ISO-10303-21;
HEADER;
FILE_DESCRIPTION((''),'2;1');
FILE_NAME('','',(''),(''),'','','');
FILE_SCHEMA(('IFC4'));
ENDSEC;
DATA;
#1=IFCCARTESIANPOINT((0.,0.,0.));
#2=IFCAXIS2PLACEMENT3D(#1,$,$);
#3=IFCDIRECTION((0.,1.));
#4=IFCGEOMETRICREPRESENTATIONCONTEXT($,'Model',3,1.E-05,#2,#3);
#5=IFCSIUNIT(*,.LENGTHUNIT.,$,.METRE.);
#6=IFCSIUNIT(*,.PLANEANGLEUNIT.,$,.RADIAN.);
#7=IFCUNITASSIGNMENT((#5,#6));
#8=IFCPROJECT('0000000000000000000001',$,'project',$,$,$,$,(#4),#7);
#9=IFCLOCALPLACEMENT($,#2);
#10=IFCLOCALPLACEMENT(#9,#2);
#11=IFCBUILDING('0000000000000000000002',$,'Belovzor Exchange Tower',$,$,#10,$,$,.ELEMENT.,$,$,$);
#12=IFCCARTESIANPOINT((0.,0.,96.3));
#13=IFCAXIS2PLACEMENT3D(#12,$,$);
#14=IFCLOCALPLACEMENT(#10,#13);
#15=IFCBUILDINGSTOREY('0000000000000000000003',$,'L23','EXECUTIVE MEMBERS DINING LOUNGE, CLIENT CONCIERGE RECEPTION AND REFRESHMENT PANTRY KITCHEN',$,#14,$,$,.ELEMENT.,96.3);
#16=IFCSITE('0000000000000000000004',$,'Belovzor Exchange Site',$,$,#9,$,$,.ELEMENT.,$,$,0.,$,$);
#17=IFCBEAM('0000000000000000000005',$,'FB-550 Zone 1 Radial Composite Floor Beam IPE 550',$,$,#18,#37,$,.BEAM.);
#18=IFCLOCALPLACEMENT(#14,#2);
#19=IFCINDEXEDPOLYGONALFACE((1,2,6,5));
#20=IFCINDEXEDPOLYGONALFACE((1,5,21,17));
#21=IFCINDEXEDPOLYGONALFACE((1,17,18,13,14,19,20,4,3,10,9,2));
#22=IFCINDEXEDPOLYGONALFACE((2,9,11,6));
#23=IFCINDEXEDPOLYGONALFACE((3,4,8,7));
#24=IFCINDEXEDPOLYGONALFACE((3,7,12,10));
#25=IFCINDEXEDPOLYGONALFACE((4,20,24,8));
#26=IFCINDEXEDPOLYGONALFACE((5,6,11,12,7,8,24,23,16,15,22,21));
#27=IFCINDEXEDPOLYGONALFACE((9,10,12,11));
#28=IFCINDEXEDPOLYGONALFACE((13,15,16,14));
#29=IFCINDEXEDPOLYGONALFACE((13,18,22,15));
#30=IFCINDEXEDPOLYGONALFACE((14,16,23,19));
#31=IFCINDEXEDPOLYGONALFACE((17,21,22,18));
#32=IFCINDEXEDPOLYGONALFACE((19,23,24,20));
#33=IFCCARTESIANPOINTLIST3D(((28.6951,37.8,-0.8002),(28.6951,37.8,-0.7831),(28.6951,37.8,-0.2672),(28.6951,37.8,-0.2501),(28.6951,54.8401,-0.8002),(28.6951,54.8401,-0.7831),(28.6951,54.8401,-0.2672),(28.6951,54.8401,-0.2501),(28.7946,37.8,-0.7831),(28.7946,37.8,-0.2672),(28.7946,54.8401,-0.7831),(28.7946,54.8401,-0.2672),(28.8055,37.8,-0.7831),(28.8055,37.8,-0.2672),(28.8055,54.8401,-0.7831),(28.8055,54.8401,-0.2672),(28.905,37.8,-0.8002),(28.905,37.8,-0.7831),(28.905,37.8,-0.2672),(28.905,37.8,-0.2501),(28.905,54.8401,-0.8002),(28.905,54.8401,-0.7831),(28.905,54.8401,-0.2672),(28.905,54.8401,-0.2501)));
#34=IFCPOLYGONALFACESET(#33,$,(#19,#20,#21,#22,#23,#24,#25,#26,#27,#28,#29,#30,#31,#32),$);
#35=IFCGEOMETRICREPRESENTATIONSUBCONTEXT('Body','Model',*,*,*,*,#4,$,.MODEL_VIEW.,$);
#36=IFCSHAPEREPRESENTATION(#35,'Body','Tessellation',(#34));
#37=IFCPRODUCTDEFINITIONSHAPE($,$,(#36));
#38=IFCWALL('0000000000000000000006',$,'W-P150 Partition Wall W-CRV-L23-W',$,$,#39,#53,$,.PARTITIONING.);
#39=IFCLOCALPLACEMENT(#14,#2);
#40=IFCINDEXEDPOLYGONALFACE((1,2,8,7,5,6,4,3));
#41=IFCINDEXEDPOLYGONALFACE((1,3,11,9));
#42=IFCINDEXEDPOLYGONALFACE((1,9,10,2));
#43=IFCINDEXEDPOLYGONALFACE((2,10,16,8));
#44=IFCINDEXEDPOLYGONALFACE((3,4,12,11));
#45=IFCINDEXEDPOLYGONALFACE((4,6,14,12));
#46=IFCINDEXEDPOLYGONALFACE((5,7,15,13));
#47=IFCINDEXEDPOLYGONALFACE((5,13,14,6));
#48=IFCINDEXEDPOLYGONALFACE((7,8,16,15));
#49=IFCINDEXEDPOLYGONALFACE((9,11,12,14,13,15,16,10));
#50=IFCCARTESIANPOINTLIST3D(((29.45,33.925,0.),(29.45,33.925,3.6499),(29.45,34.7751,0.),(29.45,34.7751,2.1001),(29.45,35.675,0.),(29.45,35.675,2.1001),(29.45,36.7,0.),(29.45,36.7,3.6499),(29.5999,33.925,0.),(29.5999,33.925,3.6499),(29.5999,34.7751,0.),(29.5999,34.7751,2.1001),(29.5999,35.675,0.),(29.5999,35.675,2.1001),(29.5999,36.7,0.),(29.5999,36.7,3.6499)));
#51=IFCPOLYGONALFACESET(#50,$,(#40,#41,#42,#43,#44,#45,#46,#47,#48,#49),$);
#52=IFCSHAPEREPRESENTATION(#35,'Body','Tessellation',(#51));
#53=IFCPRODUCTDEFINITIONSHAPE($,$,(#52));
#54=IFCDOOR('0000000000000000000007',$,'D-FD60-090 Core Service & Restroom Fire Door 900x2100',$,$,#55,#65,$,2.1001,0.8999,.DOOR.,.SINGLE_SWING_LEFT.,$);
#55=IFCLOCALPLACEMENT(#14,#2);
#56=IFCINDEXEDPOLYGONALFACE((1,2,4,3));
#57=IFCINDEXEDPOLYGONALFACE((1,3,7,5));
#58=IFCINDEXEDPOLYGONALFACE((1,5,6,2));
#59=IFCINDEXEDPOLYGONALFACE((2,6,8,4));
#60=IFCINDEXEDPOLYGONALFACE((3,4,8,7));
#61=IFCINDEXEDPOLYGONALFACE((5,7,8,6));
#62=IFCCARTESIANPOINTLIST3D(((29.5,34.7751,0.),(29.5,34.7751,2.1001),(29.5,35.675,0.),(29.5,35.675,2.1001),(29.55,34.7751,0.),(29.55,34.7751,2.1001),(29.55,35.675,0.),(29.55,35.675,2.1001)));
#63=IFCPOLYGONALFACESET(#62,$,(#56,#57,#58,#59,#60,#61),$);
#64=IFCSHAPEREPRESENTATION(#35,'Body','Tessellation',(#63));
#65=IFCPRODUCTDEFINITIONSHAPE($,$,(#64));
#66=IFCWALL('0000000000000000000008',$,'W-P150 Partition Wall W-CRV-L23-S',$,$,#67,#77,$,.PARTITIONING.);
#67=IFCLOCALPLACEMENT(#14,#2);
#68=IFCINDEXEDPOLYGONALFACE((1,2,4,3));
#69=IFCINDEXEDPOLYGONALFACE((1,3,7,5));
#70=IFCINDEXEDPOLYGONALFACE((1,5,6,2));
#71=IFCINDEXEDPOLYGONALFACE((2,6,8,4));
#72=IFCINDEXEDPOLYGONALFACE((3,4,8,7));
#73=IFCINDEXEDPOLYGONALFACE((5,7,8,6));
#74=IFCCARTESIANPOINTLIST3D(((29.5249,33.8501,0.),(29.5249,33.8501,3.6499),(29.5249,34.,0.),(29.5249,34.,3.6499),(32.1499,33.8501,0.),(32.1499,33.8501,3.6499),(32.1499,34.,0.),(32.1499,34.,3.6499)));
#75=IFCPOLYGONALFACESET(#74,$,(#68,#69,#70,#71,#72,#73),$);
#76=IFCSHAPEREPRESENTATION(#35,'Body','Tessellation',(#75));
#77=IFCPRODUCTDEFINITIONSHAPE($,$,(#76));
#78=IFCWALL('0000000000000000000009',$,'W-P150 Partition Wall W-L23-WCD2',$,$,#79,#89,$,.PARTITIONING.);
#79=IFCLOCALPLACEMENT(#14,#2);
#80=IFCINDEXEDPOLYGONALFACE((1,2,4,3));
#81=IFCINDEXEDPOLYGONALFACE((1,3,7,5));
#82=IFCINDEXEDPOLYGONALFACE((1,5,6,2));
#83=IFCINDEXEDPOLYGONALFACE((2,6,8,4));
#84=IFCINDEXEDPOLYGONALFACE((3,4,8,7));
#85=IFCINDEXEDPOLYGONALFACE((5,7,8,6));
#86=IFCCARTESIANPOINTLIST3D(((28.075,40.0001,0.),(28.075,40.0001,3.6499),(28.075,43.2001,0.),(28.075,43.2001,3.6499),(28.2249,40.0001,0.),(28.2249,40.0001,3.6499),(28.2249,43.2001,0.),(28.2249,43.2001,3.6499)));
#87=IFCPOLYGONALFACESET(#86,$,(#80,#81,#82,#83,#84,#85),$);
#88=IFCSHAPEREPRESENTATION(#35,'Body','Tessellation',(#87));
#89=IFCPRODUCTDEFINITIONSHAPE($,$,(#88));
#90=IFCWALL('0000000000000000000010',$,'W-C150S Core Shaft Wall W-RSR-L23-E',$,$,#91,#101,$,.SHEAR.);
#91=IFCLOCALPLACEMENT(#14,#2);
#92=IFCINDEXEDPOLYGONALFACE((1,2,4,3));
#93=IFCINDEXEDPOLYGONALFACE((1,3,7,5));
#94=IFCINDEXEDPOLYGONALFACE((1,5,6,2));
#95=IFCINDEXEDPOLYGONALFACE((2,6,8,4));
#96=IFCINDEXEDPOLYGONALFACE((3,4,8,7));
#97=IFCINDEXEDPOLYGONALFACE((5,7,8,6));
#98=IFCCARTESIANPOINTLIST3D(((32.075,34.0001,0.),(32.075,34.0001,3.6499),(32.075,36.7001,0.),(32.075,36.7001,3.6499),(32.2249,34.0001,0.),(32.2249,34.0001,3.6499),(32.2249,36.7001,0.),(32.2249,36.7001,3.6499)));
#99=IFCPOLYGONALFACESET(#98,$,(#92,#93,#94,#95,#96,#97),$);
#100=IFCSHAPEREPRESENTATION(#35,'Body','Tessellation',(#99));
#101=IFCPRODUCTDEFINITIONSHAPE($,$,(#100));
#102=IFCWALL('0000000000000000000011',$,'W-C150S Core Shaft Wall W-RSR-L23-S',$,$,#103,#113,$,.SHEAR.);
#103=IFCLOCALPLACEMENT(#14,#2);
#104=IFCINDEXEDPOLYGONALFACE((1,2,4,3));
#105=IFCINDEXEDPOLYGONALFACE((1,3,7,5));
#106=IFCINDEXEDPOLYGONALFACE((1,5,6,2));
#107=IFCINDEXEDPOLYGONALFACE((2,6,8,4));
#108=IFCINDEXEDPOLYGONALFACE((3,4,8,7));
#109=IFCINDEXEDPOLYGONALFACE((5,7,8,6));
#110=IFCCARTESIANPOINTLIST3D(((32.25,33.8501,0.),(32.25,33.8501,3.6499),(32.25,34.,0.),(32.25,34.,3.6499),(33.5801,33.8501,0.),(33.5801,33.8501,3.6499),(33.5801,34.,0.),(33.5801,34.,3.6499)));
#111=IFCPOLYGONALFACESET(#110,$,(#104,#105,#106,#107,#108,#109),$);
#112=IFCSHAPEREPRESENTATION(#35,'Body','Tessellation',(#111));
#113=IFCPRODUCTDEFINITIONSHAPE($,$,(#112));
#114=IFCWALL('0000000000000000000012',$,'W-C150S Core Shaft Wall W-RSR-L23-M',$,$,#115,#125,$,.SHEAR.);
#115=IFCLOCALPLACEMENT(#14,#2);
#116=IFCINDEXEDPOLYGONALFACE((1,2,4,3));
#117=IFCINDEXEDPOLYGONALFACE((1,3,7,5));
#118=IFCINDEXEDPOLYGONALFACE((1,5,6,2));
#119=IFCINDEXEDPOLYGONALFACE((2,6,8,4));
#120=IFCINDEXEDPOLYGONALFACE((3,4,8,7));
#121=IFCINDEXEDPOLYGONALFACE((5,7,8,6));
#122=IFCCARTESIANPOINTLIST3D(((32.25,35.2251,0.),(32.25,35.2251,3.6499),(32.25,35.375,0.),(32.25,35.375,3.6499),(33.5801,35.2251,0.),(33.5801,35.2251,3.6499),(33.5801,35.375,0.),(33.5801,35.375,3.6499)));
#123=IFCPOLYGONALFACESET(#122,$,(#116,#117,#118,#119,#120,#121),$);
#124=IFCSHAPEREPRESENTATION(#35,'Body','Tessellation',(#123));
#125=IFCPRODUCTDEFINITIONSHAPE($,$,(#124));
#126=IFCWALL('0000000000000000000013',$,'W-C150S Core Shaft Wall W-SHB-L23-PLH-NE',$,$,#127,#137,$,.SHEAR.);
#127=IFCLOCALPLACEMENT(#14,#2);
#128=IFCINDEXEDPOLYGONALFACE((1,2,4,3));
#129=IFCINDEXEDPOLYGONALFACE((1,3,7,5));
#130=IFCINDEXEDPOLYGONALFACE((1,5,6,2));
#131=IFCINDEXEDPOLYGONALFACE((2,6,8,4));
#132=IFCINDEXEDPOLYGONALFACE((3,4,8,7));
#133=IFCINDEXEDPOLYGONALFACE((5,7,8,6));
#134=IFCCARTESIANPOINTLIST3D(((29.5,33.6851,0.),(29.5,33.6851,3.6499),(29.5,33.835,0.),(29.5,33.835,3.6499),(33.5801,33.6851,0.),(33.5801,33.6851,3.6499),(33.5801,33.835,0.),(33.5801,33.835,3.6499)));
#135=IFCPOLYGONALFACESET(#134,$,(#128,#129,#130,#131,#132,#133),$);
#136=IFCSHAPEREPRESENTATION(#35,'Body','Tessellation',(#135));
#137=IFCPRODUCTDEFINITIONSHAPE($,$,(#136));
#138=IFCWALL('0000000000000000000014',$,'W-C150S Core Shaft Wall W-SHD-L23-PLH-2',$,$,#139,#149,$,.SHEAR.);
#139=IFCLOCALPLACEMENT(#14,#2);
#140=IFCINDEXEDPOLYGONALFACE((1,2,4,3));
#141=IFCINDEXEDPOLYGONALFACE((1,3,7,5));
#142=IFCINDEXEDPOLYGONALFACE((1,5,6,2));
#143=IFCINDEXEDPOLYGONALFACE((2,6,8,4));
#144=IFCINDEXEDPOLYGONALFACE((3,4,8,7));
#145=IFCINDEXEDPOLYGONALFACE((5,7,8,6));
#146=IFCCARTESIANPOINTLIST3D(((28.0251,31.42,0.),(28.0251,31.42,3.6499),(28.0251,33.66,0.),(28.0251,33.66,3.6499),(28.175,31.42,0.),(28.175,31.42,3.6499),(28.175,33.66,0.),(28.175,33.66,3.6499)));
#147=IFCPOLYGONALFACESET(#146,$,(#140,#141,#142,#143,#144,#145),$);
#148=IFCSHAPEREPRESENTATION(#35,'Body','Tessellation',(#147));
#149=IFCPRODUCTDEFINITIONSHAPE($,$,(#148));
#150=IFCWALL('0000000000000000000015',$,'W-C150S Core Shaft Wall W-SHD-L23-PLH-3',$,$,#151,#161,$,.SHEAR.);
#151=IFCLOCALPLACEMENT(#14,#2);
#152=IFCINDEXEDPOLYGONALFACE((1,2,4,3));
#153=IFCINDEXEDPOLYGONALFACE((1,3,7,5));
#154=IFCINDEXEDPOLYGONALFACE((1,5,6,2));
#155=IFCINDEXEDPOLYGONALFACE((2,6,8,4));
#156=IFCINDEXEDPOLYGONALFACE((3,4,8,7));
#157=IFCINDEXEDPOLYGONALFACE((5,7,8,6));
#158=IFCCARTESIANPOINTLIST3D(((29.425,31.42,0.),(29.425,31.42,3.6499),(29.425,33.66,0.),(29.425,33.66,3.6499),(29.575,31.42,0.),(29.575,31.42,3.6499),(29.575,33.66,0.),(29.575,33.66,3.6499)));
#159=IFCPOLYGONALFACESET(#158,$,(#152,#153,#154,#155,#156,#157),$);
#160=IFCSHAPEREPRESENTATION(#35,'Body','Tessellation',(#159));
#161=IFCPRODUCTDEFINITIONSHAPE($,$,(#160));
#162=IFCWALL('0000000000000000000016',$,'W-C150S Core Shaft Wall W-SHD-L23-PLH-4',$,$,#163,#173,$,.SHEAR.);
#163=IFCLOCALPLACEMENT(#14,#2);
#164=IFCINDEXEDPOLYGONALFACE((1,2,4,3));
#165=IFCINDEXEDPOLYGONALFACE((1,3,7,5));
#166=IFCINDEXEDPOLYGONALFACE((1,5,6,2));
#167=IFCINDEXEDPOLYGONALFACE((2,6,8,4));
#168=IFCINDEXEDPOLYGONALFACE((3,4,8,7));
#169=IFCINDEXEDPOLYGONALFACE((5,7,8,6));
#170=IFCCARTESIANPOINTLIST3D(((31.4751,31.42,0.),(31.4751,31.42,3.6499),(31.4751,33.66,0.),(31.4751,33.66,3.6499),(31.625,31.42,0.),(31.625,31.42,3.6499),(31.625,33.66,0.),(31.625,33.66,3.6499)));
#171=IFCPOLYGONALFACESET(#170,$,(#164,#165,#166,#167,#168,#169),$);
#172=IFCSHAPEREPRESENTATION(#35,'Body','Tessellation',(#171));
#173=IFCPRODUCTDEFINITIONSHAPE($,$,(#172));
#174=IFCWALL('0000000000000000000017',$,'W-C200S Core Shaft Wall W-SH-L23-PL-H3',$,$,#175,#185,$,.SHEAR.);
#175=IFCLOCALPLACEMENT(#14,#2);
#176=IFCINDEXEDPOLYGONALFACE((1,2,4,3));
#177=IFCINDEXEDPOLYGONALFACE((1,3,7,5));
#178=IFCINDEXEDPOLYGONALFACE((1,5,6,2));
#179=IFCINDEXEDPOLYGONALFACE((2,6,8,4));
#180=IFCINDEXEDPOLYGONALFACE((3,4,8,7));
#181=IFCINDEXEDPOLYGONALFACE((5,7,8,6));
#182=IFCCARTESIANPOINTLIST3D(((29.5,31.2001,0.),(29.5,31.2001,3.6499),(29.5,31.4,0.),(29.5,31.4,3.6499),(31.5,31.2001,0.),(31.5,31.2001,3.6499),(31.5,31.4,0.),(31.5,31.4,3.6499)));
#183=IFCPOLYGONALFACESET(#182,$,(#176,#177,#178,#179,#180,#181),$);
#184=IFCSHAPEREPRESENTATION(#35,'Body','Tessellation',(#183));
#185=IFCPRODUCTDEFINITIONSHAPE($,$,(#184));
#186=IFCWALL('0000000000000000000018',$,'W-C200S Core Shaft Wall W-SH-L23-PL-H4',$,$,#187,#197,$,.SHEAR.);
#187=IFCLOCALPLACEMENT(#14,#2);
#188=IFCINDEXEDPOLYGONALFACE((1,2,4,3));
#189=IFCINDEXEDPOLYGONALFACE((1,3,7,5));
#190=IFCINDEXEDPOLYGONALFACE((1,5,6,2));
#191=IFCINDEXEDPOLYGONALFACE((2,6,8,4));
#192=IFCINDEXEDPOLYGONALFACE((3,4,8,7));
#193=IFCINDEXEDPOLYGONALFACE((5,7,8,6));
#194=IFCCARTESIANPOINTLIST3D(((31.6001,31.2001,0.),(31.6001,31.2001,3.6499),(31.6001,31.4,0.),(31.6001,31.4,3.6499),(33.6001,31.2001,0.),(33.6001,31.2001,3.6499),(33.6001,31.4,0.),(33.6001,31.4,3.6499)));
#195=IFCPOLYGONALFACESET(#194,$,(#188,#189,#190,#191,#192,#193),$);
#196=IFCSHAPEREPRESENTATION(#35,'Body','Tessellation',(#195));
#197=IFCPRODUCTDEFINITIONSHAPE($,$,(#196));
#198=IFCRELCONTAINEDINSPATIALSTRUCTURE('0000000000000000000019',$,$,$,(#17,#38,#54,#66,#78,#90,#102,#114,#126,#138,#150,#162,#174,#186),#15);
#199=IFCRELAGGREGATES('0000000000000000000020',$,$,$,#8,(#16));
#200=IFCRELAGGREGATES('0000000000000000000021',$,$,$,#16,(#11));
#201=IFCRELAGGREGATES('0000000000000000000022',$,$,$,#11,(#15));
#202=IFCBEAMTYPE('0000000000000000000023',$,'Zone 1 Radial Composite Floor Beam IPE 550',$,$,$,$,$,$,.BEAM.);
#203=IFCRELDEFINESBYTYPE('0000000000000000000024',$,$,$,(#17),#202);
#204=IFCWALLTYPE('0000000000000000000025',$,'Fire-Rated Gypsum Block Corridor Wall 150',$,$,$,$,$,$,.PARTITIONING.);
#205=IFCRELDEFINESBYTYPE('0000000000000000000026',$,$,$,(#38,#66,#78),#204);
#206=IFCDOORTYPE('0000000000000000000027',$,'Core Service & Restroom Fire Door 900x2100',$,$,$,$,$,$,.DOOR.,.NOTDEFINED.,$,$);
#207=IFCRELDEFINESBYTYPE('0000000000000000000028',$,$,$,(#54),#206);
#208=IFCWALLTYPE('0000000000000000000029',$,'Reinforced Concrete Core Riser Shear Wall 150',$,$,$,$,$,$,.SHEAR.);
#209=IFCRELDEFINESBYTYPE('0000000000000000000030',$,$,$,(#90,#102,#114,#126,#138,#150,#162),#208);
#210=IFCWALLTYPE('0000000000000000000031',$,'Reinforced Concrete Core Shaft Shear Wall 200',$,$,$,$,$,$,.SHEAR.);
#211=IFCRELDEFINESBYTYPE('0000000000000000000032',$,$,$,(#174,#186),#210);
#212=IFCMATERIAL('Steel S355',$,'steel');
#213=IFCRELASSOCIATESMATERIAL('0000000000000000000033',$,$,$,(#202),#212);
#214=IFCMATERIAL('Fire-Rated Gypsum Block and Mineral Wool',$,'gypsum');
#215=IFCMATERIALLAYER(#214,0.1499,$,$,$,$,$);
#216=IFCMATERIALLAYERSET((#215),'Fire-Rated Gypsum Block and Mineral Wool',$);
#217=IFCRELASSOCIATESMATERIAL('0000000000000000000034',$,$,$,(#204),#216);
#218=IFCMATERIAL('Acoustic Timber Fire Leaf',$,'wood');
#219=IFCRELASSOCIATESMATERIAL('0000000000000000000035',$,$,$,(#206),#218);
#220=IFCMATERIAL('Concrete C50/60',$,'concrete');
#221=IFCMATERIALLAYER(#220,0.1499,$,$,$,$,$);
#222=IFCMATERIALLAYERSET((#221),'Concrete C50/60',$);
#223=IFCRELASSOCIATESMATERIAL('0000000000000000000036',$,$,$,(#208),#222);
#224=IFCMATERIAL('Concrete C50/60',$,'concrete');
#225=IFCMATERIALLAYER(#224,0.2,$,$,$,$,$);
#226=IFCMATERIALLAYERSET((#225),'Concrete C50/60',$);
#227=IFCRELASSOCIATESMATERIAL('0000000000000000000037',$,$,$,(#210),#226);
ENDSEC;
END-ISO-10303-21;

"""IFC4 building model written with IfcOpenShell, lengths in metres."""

from ifc_helpers import new_model, si_unit, direction, frame, frame_2d, origin, origin_2d, place, context, subcontext, project, spatial, rectangle, i_section, extrude, material, layer, layer_set, material_profile, profile_set, type_object, element, fill, save


model = new_model("IFC4")

# Units and contexts
model_context = context("Model", 3, precision=1e-05, world=origin(), true_north=direction((0.0, 1.0)))
body_context = subcontext(model_context, "Body", "Model", "MODEL_VIEW")
ifc_project = project(units=[si_unit("LENGTHUNIT", "METRE"), si_unit("PLANEANGLEUNIT", "RADIAN")], contexts=[model_context])

# Site, building, storey
site_placement = place(None, origin())
site = spatial("IfcSite", under=ifc_project, at=site_placement, Name="Belovzor Exchange Site", CompositionType="ELEMENT", RefElevation=0.0)
building_placement = place(site_placement, origin())
building = spatial("IfcBuilding", under=site, at=building_placement, Name="Belovzor Exchange Tower", CompositionType="ELEMENT")
storey_placement = place(building_placement, frame((0.0, 0.0, 96.3)))
storey = spatial("IfcBuildingStorey", under=building, at=storey_placement, Name="L23", Description="EXECUTIVE MEMBERS DINING LOUNGE, CLIENT CONCIERGE RECEPTION AND REFRESHMENT PANTRY KITCHEN", CompositionType="ELEMENT", Elevation=96.3)

# Beam
ifc_material_1 = material(Name="Steel S355", Category="steel")
ifc_material_profile = material_profile(ifc_material_1, i_section(OverallWidth=0.21, OverallDepth=0.55, WebThickness=0.011, FlangeThickness=0.0171, at=origin_2d()))
ifc_profile_set = profile_set([ifc_material_profile], Name="Steel S355")
beam_type = type_object("IfcBeamType", Name="Zone 1 Radial Composite Floor Beam IPE 550", PredefinedType="BEAM", material=ifc_profile_set)
beam_placement = place(storey_placement, frame((28.8, 37.8, -0.5251), z_axis=(0.0, 1.0, 0.0), x_axis=(-1.0, 0.0, 0.0)))
element("IfcBeam", 1, at=beam_placement, inside=storey, type_object=beam_type, Name="FB-550 Zone 1 Radial Composite Floor Beam IPE 550", PredefinedType="BEAM", context=body_context, shape_type="SweptSolid", body=[
    extrude(i_section(OverallWidth=0.21, OverallDepth=0.55, WebThickness=0.011, FlangeThickness=0.0171, at=origin_2d()), origin(), (0.0, 0.0, 1.0), 17.04),
])

# Wall, opening, door
ifc_material_2 = material(Name="Fire-Rated Gypsum Block and Mineral Wool", Category="gypsum")
ifc_layer_1 = layer(ifc_material_2, 0.1499)
ifc_layer_set_1 = layer_set([ifc_layer_1], Name="Fire-Rated Gypsum Block and Mineral Wool")
wall_type_1 = type_object("IfcWallType", Name="Fire-Rated Gypsum Block Corridor Wall 150", PredefinedType="PARTITIONING", material=ifc_layer_set_1)
wall_1_placement = place(storey_placement, frame((29.5249, 33.925, 0.0), z_axis=(0.0, 0.0, 1.0), x_axis=(0.0, 1.0, 0.0)))
wall_1 = element("IfcWall", 2, at=wall_1_placement, inside=storey, type_object=wall_type_1, Name="W-P150 Partition Wall W-CRV-L23-W", PredefinedType="PARTITIONING", context=body_context, shape_type="SweptSolid", body=[
    extrude(rectangle(XDim=2.7749, YDim=0.1499, at=frame_2d((1.3875, 0.0))), origin(), (0.0, 0.0, 1.0), 3.6499),
])
opening_placement = place(wall_1_placement, frame((0.8501, 0.0, 0.0)))
opening = element("IfcOpeningElement", 3, at=opening_placement, cuts=wall_1, PredefinedType="OPENING", context=body_context, shape_type="SweptSolid", body=[
    extrude(rectangle(XDim=0.8999, YDim=2.1001, at=frame_2d((0.45, 1.05))), frame((0.0, 0.085, 0.0), z_axis=(0.0, -1.0, 0.0), x_axis=(1.0, 0.0, 0.0)), (0.0, 0.0, 1.0), 0.1699),
])
ifc_material_3 = material(Name="Acoustic Timber Fire Leaf", Category="wood")
door_type = type_object("IfcDoorType", Name="Core Service & Restroom Fire Door 900x2100", OperationType="NOTDEFINED", PredefinedType="DOOR", material=ifc_material_3)
door_placement = place(opening_placement, origin())
door = element("IfcDoor", 4, at=door_placement, inside=storey, type_object=door_type, Name="D-FD60-090 Core Service & Restroom Fire Door 900x2100", OperationType="SINGLE_SWING_LEFT", OverallHeight=2.1001, OverallWidth=0.8999, PredefinedType="DOOR", context=body_context, shape_type="SweptSolid", body=[
    extrude(rectangle(XDim=0.8999, YDim=2.1001, at=frame_2d((0.45, 1.05))), frame((0.0, 0.0249, 0.0), z_axis=(0.0, -1.0, 0.0), x_axis=(1.0, 0.0, 0.0)), (0.0, 0.0, 1.0), 0.05),
])
fill(opening, door)

# Walls
wall_2_placement = place(storey_placement, frame((29.5249, 33.925, 0.0), z_axis=(0.0, 0.0, 1.0), x_axis=(1.0, 0.0, 0.0)))
element("IfcWall", 5, at=wall_2_placement, inside=storey, type_object=wall_type_1, Name="W-P150 Partition Wall W-CRV-L23-S", PredefinedType="PARTITIONING", context=body_context, shape_type="SweptSolid", body=[
    extrude(rectangle(XDim=2.625, YDim=0.1499, at=frame_2d((1.3125, 0.0))), origin(), (0.0, 0.0, 1.0), 3.6499),
])
wall_3_placement = place(storey_placement, frame((28.1499, 40.0, 0.0), z_axis=(0.0, 0.0, 1.0), x_axis=(0.0, 1.0, 0.0)))
element("IfcWall", 6, at=wall_3_placement, inside=storey, type_object=wall_type_1, Name="W-P150 Partition Wall W-L23-WCD2", PredefinedType="PARTITIONING", context=body_context, shape_type="SweptSolid", body=[
    extrude(rectangle(XDim=3.2, YDim=0.1499, at=frame_2d((1.6001, 0.0))), origin(), (0.0, 0.0, 1.0), 3.6499),
])
ifc_material_4 = material(Name="Concrete C50/60", Category="concrete")
ifc_layer_2 = layer(ifc_material_4, 0.1499)
ifc_layer_set_2 = layer_set([ifc_layer_2], Name="Concrete C50/60")
wall_type_2 = type_object("IfcWallType", Name="Reinforced Concrete Core Riser Shear Wall 150", PredefinedType="SHEAR", material=ifc_layer_set_2)
wall_4_placement = place(storey_placement, frame((32.1499, 34.0, 0.0), z_axis=(0.0, 0.0, 1.0), x_axis=(0.0, 1.0, 0.0)))
element("IfcWall", 7, at=wall_4_placement, inside=storey, type_object=wall_type_2, Name="W-C150S Core Shaft Wall W-RSR-L23-E", PredefinedType="SHEAR", context=body_context, shape_type="SweptSolid", body=[
    extrude(rectangle(XDim=2.7, YDim=0.1499, at=frame_2d((1.3501, 0.0))), origin(), (0.0, 0.0, 1.0), 3.6499),
])
for number, where, z_axis, x_axis, name in (
    (8, (32.25, 33.925, 0.0), (0.0, 0.0, 1.0), (1.0, 0.0, 0.0), "W-C150S Core Shaft Wall W-RSR-L23-S"),
    (9, (32.25, 35.3, 0.0), (0.0, 0.0, 1.0), (1.0, 0.0, 0.0), "W-C150S Core Shaft Wall W-RSR-L23-M"),
):
    element("IfcWall", number, at=place(storey_placement, frame(where, z_axis=z_axis, x_axis=x_axis)), inside=storey, type_object=wall_type_2, Name=name, PredefinedType="SHEAR", context=body_context, shape_type="SweptSolid", body=[
        extrude(rectangle(XDim=1.3301, YDim=0.1499, at=frame_2d((0.665, 0.0))), origin(), (0.0, 0.0, 1.0), 3.6499),
    ])
wall_5_placement = place(storey_placement, frame((29.5, 33.76, 0.0), z_axis=(0.0, 0.0, 1.0), x_axis=(1.0, 0.0, 0.0)))
element("IfcWall", 10, at=wall_5_placement, inside=storey, type_object=wall_type_2, Name="W-C150S Core Shaft Wall W-SHB-L23-PLH-NE", PredefinedType="SHEAR", context=body_context, shape_type="SweptSolid", body=[
    extrude(rectangle(XDim=4.0801, YDim=0.1499, at=frame_2d((2.04, 0.0))), origin(), (0.0, 0.0, 1.0), 3.6499),
])
for number, where, z_axis, x_axis, name in (
    (11, (28.1001, 31.4199, 0.0), (0.0, 0.0, 1.0), (0.0, 1.0, 0.0), "W-C150S Core Shaft Wall W-SHD-L23-PLH-2"),
    (12, (29.5, 31.4199, 0.0), (0.0, 0.0, 1.0), (0.0, 1.0, 0.0), "W-C150S Core Shaft Wall W-SHD-L23-PLH-3"),
    (13, (31.55, 31.4199, 0.0), (0.0, 0.0, 1.0), (0.0, 1.0, 0.0), "W-C150S Core Shaft Wall W-SHD-L23-PLH-4"),
):
    element("IfcWall", number, at=place(storey_placement, frame(where, z_axis=z_axis, x_axis=x_axis)), inside=storey, type_object=wall_type_2, Name=name, PredefinedType="SHEAR", context=body_context, shape_type="SweptSolid", body=[
        extrude(rectangle(XDim=2.24, YDim=0.1499, at=frame_2d((1.1201, 0.0))), origin(), (0.0, 0.0, 1.0), 3.6499),
    ])
ifc_material_5 = material(Name="Concrete C50/60", Category="concrete")
ifc_layer_3 = layer(ifc_material_5, 0.2)
ifc_layer_set_3 = layer_set([ifc_layer_3], Name="Concrete C50/60")
wall_type_3 = type_object("IfcWallType", Name="Reinforced Concrete Core Shaft Shear Wall 200", PredefinedType="SHEAR", material=ifc_layer_set_3)
for number, where, z_axis, x_axis, name in (
    (14, (29.5, 31.3, 0.0), (0.0, 0.0, 1.0), (1.0, 0.0, 0.0), "W-C200S Core Shaft Wall W-SH-L23-PL-H3"),
    (15, (31.6001, 31.3, 0.0), (0.0, 0.0, 1.0), (1.0, 0.0, 0.0), "W-C200S Core Shaft Wall W-SH-L23-PL-H4"),
):
    element("IfcWall", number, at=place(storey_placement, frame(where, z_axis=z_axis, x_axis=x_axis)), inside=storey, type_object=wall_type_3, Name=name, PredefinedType="SHEAR", context=body_context, shape_type="SweptSolid", body=[
        extrude(rectangle(XDim=2.0, YDim=0.2, at=frame_2d((1.0, 0.0))), origin(), (0.0, 0.0, 1.0), 3.6499),
    ])

save(model, "model.ifc")
